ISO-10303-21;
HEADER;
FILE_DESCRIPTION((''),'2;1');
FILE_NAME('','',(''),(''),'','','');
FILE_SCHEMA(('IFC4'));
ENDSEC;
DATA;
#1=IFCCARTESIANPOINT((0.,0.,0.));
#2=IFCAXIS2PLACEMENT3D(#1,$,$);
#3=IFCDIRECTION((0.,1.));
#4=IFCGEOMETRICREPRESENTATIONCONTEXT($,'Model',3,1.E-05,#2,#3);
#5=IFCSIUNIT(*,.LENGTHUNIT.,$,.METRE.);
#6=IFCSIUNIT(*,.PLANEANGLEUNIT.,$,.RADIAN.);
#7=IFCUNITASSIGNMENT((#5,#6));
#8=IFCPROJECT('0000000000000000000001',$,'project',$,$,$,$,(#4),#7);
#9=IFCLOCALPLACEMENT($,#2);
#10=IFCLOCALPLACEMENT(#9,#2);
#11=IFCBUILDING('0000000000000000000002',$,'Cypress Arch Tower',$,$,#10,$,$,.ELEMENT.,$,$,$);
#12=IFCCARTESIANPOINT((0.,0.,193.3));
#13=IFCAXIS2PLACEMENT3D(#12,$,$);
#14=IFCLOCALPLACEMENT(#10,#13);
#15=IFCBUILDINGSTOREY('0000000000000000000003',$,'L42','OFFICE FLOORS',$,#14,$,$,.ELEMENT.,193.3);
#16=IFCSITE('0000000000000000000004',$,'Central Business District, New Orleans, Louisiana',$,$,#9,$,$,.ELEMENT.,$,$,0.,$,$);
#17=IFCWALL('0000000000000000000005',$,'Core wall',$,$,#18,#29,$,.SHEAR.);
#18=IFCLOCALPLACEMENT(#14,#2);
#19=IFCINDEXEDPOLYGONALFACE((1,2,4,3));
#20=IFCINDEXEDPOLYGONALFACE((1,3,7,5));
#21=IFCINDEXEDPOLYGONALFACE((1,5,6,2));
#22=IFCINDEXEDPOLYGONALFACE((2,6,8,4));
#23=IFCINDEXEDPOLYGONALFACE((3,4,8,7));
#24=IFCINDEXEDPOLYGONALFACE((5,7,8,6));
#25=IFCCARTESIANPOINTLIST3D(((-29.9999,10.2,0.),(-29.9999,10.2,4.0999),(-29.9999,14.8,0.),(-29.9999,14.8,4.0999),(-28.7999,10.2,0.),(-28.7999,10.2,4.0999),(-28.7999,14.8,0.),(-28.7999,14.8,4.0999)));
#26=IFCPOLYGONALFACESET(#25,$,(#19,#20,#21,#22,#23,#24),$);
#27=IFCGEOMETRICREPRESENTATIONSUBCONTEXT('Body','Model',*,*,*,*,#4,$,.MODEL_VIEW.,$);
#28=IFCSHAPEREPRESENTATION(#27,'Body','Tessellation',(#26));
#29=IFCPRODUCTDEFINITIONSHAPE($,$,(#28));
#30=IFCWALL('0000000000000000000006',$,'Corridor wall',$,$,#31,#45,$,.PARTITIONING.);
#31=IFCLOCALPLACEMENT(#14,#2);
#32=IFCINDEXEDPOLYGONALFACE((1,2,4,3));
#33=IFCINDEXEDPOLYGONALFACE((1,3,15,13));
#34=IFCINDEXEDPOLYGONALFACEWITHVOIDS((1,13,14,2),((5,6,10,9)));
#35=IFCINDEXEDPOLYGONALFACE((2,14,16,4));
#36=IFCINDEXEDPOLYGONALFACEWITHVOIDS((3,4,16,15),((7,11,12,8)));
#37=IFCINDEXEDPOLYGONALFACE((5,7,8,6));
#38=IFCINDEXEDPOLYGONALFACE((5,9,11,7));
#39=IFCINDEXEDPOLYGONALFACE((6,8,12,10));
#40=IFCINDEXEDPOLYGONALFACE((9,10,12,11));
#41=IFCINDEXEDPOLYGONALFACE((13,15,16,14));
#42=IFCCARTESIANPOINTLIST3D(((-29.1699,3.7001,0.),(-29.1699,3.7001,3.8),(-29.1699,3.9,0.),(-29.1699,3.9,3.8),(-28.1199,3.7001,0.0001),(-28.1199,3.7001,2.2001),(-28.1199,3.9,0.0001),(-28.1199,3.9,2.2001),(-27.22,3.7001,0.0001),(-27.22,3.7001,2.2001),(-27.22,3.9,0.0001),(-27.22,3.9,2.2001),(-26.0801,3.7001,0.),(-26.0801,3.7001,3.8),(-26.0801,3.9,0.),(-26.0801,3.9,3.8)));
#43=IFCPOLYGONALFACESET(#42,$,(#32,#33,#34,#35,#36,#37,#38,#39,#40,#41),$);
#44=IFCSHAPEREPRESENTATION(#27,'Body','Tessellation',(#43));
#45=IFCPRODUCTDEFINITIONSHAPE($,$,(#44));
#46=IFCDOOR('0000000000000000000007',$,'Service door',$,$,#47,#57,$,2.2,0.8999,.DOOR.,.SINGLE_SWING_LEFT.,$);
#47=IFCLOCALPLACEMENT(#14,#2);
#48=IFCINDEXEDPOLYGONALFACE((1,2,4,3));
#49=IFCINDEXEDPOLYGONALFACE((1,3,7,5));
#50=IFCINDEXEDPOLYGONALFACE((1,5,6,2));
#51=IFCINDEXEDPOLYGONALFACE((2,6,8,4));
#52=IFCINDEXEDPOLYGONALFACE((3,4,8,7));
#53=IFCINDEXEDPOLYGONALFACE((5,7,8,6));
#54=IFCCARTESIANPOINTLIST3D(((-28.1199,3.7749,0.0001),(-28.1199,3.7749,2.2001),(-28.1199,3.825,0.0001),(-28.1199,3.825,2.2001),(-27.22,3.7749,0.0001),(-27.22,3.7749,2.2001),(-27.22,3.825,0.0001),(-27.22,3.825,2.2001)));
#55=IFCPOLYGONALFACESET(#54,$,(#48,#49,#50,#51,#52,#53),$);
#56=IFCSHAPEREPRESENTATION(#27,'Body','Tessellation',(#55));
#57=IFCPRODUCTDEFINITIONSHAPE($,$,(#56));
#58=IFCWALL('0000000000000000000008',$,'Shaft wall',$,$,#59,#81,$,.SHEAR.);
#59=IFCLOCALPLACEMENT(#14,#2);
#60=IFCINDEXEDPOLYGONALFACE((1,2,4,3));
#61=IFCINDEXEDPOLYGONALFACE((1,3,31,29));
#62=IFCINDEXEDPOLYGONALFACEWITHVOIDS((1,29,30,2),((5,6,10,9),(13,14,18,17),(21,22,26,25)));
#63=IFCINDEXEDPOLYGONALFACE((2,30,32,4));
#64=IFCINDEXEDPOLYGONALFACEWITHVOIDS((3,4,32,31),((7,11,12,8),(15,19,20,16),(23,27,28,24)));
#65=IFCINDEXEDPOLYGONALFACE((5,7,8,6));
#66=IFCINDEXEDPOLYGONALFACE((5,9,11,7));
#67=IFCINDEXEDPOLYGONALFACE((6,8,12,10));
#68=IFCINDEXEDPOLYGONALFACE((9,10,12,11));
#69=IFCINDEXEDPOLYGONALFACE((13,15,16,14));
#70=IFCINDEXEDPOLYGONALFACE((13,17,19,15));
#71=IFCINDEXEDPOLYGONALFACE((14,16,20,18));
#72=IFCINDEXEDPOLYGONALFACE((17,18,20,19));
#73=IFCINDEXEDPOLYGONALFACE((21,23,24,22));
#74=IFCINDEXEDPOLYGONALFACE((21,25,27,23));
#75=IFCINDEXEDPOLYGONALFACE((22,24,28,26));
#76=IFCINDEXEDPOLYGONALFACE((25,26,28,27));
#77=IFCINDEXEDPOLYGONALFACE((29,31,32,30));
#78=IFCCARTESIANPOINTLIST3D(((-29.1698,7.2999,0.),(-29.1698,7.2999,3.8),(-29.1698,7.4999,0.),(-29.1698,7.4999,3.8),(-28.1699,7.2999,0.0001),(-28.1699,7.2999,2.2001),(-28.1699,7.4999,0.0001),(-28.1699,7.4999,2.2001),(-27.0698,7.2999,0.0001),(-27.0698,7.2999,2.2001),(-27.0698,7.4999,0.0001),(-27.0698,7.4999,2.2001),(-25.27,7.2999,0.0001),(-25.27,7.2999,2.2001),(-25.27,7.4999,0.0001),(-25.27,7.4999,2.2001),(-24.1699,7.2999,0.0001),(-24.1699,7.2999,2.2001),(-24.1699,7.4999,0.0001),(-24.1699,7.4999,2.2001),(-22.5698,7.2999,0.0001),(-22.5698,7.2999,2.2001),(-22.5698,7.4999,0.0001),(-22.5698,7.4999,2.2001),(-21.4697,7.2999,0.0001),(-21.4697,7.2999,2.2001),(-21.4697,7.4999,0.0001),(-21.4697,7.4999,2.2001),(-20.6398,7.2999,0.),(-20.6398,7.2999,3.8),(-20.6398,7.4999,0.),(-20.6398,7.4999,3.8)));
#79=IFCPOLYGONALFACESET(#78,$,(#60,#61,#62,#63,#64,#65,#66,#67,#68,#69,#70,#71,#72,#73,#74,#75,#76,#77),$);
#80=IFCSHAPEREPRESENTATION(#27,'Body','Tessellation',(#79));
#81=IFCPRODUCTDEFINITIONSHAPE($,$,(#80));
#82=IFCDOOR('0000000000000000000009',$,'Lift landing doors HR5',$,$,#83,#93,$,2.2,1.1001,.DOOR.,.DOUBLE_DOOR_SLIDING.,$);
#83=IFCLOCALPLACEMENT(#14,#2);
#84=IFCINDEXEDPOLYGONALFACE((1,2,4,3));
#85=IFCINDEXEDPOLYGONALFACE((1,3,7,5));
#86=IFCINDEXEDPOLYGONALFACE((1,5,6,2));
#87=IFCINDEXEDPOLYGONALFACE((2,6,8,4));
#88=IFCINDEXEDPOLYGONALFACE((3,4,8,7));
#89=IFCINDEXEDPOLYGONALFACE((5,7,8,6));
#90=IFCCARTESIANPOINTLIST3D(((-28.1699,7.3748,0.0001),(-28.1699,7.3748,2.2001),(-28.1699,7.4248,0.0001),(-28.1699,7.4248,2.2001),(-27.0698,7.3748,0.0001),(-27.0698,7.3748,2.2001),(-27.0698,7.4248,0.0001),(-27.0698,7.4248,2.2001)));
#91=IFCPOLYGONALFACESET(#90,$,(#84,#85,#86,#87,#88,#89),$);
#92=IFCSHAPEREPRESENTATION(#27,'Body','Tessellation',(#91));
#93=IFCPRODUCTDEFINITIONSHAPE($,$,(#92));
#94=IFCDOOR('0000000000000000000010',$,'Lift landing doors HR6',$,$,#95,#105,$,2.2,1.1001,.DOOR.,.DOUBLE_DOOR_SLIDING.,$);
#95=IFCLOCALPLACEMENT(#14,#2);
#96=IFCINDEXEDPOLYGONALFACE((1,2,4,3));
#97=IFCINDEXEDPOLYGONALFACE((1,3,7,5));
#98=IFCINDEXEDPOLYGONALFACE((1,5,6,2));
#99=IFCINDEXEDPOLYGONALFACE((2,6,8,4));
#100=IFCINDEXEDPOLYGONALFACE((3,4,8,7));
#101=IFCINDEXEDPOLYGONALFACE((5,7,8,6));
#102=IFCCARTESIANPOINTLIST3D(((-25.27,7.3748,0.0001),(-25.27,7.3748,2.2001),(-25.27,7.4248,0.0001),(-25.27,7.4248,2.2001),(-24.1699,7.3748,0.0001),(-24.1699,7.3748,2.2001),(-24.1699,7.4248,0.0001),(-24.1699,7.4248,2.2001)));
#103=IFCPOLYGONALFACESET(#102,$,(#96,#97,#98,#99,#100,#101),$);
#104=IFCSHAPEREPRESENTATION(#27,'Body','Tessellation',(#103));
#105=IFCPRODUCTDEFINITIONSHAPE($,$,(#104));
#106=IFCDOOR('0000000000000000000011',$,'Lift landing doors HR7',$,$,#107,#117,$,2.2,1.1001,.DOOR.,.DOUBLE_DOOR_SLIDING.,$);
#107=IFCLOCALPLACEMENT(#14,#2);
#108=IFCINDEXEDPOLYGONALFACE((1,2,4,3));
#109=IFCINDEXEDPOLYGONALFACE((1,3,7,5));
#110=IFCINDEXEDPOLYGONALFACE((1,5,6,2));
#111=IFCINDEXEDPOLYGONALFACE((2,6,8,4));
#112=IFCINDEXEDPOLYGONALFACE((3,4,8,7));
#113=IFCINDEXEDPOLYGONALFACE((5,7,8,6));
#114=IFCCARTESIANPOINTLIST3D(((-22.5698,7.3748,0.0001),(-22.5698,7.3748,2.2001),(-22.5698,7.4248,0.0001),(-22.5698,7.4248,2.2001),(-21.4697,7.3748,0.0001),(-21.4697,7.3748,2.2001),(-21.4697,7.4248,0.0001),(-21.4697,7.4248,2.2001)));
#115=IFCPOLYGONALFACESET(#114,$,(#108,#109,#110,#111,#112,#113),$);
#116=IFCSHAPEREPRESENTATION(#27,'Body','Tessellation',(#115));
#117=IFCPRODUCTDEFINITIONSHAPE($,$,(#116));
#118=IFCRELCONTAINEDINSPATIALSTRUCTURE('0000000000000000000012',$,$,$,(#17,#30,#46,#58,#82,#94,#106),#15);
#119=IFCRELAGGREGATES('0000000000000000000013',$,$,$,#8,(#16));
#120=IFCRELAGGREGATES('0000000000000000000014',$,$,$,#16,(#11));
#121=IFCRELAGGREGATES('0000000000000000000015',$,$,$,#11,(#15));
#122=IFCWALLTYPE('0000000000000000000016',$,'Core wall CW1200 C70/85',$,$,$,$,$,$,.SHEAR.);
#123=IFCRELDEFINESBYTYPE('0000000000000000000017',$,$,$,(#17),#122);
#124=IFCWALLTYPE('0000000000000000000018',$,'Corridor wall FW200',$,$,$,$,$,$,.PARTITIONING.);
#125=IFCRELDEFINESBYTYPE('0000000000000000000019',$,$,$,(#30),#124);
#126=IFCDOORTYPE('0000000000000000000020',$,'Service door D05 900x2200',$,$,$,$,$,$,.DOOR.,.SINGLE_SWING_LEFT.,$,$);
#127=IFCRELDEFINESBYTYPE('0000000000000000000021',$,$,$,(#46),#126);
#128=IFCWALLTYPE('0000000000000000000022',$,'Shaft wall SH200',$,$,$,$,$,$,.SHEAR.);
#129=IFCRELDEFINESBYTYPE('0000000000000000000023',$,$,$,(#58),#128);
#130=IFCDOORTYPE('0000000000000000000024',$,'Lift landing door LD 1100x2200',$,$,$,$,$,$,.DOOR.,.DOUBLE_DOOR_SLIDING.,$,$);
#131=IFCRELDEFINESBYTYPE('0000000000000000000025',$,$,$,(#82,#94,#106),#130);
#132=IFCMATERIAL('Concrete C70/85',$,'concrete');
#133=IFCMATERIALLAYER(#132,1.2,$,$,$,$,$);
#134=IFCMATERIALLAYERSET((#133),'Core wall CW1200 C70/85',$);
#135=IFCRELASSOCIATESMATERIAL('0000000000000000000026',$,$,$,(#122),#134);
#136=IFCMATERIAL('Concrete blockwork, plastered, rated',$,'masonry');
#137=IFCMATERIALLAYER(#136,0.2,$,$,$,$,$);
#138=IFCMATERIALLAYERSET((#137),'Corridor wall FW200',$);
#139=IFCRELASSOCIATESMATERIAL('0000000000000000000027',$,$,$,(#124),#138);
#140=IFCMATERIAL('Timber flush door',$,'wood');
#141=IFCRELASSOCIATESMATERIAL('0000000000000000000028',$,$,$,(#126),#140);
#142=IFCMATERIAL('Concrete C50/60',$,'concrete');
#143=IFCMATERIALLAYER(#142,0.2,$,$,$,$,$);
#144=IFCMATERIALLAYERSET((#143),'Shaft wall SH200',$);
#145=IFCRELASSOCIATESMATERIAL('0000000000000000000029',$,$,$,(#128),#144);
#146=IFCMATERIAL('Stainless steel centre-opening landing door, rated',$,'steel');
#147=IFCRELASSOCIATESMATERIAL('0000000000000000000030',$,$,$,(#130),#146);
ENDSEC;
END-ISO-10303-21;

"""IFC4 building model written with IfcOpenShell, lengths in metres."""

from ifc_helpers import new_model, si_unit, direction, frame, frame_2d, origin, place, context, subcontext, project, spatial, rectangle, extrude, material, layer, layer_set, type_object, element, fill, save


model = new_model("IFC4")

# Units and contexts
model_context = context("Model", 3, precision=1e-05, world=origin(), true_north=direction((0.0, 1.0)))
body_context = subcontext(model_context, "Body", "Model", "MODEL_VIEW")
ifc_project = project(units=[si_unit("LENGTHUNIT", "METRE"), si_unit("PLANEANGLEUNIT", "RADIAN")], contexts=[model_context])

# Site, building, storey
site_placement = place(None, origin())
site = spatial("IfcSite", under=ifc_project, at=site_placement, Name="Central Business District, New Orleans, Louisiana", CompositionType="ELEMENT", RefElevation=0.0)
building_placement = place(site_placement, origin())
building = spatial("IfcBuilding", under=site, at=building_placement, Name="Cypress Arch Tower", CompositionType="ELEMENT")
storey_placement = place(building_placement, frame((0.0, 0.0, 193.3)))
storey = spatial("IfcBuildingStorey", under=building, at=storey_placement, Name="L42", Description="OFFICE FLOORS", CompositionType="ELEMENT", Elevation=193.3)

# Wall
ifc_material_1 = material(Name="Concrete C70/85", Category="concrete")
ifc_layer_1 = layer(ifc_material_1, 1.2)
ifc_layer_set_1 = layer_set([ifc_layer_1], Name="Core wall CW1200 C70/85")
wall_type_1 = type_object("IfcWallType", Name="Core wall CW1200 C70/85", PredefinedType="SHEAR", material=ifc_layer_set_1)
wall_1_placement = place(storey_placement, frame((-29.3999, 10.2, 0.0), z_axis=(0.0, 0.0, 1.0), x_axis=(0.0, 1.0, 0.0)))
element("IfcWall", 1, at=wall_1_placement, inside=storey, type_object=wall_type_1, Name="Core wall", PredefinedType="SHEAR", context=body_context, shape_type="SweptSolid", body=[
    extrude(rectangle(XDim=4.6001, YDim=1.2, at=frame_2d((2.3, 0.0))), origin(), (0.0, 0.0, 1.0), 4.0999),
])

# Wall, opening, door
ifc_material_2 = material(Name="Concrete blockwork, plastered, rated", Category="masonry")
ifc_layer_2 = layer(ifc_material_2, 0.2)
ifc_layer_set_2 = layer_set([ifc_layer_2], Name="Corridor wall FW200")
wall_type_2 = type_object("IfcWallType", Name="Corridor wall FW200", PredefinedType="PARTITIONING", material=ifc_layer_set_2)
wall_2_placement = place(storey_placement, frame((-29.1699, 3.8, 0.0), z_axis=(0.0, 0.0, 1.0), x_axis=(1.0, 0.0, 0.0)))
wall_2 = element("IfcWall", 2, at=wall_2_placement, inside=storey, type_object=wall_type_2, Name="Corridor wall", PredefinedType="PARTITIONING", context=body_context, shape_type="SweptSolid", body=[
    extrude(rectangle(XDim=3.0898, YDim=0.2, at=frame_2d((1.5449, 0.0))), origin(), (0.0, 0.0, 1.0), 3.8),
])
opening_1_placement = place(wall_2_placement, frame((1.05, 0.0, 0.0)))
opening_1 = element("IfcOpeningElement", 3, at=opening_1_placement, cuts=wall_2, PredefinedType="OPENING", context=body_context, shape_type="SweptSolid", body=[
    extrude(rectangle(XDim=0.8999, YDim=2.2, at=frame_2d((0.45, 1.1001))), frame((0.0, 0.1099, 0.0), z_axis=(0.0, -1.0, 0.0), x_axis=(1.0, 0.0, 0.0)), (0.0, 0.0, 1.0), 0.22),
])
ifc_material_3 = material(Name="Timber flush door", Category="wood")
door_type_1 = type_object("IfcDoorType", Name="Service door D05 900x2200", OperationType="SINGLE_SWING_LEFT", PredefinedType="DOOR", material=ifc_material_3)
door_1_placement = place(opening_1_placement, origin())
door_1 = element("IfcDoor", 4, at=door_1_placement, inside=storey, type_object=door_type_1, Name="Service door", OperationType="SINGLE_SWING_LEFT", OverallHeight=2.2, OverallWidth=0.8999, PredefinedType="DOOR", context=body_context, shape_type="SweptSolid", body=[
    extrude(rectangle(XDim=0.8999, YDim=2.2, at=frame_2d((0.45, 1.1001))), frame((0.0, 0.0249, 0.0), z_axis=(0.0, -1.0, 0.0), x_axis=(1.0, 0.0, 0.0)), (0.0, 0.0, 1.0), 0.05),
])
fill(opening_1, door_1)

# Wall, openings, doors
ifc_material_4 = material(Name="Concrete C50/60", Category="concrete")
ifc_layer_3 = layer(ifc_material_4, 0.2)
ifc_layer_set_3 = layer_set([ifc_layer_3], Name="Shaft wall SH200")
wall_type_3 = type_object("IfcWallType", Name="Shaft wall SH200", PredefinedType="SHEAR", material=ifc_layer_set_3)
wall_3_placement = place(storey_placement, frame((-29.1699, 7.3999, 0.0), z_axis=(0.0, 0.0, 1.0), x_axis=(1.0, 0.0, 0.0)))
wall_3 = element("IfcWall", 5, at=wall_3_placement, inside=storey, type_object=wall_type_3, Name="Shaft wall", PredefinedType="SHEAR", context=body_context, shape_type="SweptSolid", body=[
    extrude(rectangle(XDim=8.53, YDim=0.2, at=frame_2d((4.2651, 0.0))), origin(), (0.0, 0.0, 1.0), 3.8),
])
opening_2_placement = place(wall_3_placement, frame((1.0, 0.0, 0.0)))
opening_2 = element("IfcOpeningElement", 6, at=opening_2_placement, cuts=wall_3, PredefinedType="OPENING", context=body_context, shape_type="SweptSolid", body=[
    extrude(rectangle(XDim=1.1001, YDim=2.2, at=frame_2d((0.55, 1.1001))), frame((0.0, 0.1099, 0.0), z_axis=(0.0, -1.0, 0.0), x_axis=(1.0, 0.0, 0.0)), (0.0, 0.0, 1.0), 0.22),
])
opening_3_placement = place(wall_3_placement, frame((3.8999, 0.0, 0.0)))
opening_3 = element("IfcOpeningElement", 7, at=opening_3_placement, cuts=wall_3, PredefinedType="OPENING", context=body_context, shape_type="SweptSolid", body=[
    extrude(rectangle(XDim=1.1001, YDim=2.2, at=frame_2d((0.55, 1.1001))), frame((0.0, 0.1099, 0.0), z_axis=(0.0, -1.0, 0.0), x_axis=(1.0, 0.0, 0.0)), (0.0, 0.0, 1.0), 0.22),
])
opening_4_placement = place(wall_3_placement, frame((6.6001, 0.0, 0.0)))
opening_4 = element("IfcOpeningElement", 8, at=opening_4_placement, cuts=wall_3, PredefinedType="OPENING", context=body_context, shape_type="SweptSolid", body=[
    extrude(rectangle(XDim=1.1001, YDim=2.2, at=frame_2d((0.55, 1.1001))), frame((0.0, 0.1099, 0.0), z_axis=(0.0, -1.0, 0.0), x_axis=(1.0, 0.0, 0.0)), (0.0, 0.0, 1.0), 0.22),
])
ifc_material_5 = material(Name="Stainless steel centre-opening landing door, rated", Category="steel")
door_type_2 = type_object("IfcDoorType", Name="Lift landing door LD 1100x2200", OperationType="DOUBLE_DOOR_SLIDING", PredefinedType="DOOR", material=ifc_material_5)
door_2_placement = place(opening_2_placement, origin())
door_2 = element("IfcDoor", 9, at=door_2_placement, inside=storey, type_object=door_type_2, Name="Lift landing doors HR5", OperationType="DOUBLE_DOOR_SLIDING", OverallHeight=2.2, OverallWidth=1.1001, PredefinedType="DOOR", context=body_context, shape_type="SweptSolid", body=[
    extrude(rectangle(XDim=1.1001, YDim=2.2, at=frame_2d((0.55, 1.1001))), frame((0.0, 0.0249, 0.0), z_axis=(0.0, -1.0, 0.0), x_axis=(1.0, 0.0, 0.0)), (0.0, 0.0, 1.0), 0.05),
])
fill(opening_2, door_2)
door_3_placement = place(opening_3_placement, origin())
door_3 = element("IfcDoor", 10, at=door_3_placement, inside=storey, type_object=door_type_2, Name="Lift landing doors HR6", OperationType="DOUBLE_DOOR_SLIDING", OverallHeight=2.2, OverallWidth=1.1001, PredefinedType="DOOR", context=body_context, shape_type="SweptSolid", body=[
    extrude(rectangle(XDim=1.1001, YDim=2.2, at=frame_2d((0.55, 1.1001))), frame((0.0, 0.0249, 0.0), z_axis=(0.0, -1.0, 0.0), x_axis=(1.0, 0.0, 0.0)), (0.0, 0.0, 1.0), 0.05),
])
fill(opening_3, door_3)
door_4_placement = place(opening_4_placement, origin())
door_4 = element("IfcDoor", 11, at=door_4_placement, inside=storey, type_object=door_type_2, Name="Lift landing doors HR7", OperationType="DOUBLE_DOOR_SLIDING", OverallHeight=2.2, OverallWidth=1.1001, PredefinedType="DOOR", context=body_context, shape_type="SweptSolid", body=[
    extrude(rectangle(XDim=1.1001, YDim=2.2, at=frame_2d((0.55, 1.1001))), frame((0.0, 0.0249, 0.0), z_axis=(0.0, -1.0, 0.0), x_axis=(1.0, 0.0, 0.0)), (0.0, 0.0, 1.0), 0.05),
])
fill(opening_4, door_4)

save(model, "model.ifc")
